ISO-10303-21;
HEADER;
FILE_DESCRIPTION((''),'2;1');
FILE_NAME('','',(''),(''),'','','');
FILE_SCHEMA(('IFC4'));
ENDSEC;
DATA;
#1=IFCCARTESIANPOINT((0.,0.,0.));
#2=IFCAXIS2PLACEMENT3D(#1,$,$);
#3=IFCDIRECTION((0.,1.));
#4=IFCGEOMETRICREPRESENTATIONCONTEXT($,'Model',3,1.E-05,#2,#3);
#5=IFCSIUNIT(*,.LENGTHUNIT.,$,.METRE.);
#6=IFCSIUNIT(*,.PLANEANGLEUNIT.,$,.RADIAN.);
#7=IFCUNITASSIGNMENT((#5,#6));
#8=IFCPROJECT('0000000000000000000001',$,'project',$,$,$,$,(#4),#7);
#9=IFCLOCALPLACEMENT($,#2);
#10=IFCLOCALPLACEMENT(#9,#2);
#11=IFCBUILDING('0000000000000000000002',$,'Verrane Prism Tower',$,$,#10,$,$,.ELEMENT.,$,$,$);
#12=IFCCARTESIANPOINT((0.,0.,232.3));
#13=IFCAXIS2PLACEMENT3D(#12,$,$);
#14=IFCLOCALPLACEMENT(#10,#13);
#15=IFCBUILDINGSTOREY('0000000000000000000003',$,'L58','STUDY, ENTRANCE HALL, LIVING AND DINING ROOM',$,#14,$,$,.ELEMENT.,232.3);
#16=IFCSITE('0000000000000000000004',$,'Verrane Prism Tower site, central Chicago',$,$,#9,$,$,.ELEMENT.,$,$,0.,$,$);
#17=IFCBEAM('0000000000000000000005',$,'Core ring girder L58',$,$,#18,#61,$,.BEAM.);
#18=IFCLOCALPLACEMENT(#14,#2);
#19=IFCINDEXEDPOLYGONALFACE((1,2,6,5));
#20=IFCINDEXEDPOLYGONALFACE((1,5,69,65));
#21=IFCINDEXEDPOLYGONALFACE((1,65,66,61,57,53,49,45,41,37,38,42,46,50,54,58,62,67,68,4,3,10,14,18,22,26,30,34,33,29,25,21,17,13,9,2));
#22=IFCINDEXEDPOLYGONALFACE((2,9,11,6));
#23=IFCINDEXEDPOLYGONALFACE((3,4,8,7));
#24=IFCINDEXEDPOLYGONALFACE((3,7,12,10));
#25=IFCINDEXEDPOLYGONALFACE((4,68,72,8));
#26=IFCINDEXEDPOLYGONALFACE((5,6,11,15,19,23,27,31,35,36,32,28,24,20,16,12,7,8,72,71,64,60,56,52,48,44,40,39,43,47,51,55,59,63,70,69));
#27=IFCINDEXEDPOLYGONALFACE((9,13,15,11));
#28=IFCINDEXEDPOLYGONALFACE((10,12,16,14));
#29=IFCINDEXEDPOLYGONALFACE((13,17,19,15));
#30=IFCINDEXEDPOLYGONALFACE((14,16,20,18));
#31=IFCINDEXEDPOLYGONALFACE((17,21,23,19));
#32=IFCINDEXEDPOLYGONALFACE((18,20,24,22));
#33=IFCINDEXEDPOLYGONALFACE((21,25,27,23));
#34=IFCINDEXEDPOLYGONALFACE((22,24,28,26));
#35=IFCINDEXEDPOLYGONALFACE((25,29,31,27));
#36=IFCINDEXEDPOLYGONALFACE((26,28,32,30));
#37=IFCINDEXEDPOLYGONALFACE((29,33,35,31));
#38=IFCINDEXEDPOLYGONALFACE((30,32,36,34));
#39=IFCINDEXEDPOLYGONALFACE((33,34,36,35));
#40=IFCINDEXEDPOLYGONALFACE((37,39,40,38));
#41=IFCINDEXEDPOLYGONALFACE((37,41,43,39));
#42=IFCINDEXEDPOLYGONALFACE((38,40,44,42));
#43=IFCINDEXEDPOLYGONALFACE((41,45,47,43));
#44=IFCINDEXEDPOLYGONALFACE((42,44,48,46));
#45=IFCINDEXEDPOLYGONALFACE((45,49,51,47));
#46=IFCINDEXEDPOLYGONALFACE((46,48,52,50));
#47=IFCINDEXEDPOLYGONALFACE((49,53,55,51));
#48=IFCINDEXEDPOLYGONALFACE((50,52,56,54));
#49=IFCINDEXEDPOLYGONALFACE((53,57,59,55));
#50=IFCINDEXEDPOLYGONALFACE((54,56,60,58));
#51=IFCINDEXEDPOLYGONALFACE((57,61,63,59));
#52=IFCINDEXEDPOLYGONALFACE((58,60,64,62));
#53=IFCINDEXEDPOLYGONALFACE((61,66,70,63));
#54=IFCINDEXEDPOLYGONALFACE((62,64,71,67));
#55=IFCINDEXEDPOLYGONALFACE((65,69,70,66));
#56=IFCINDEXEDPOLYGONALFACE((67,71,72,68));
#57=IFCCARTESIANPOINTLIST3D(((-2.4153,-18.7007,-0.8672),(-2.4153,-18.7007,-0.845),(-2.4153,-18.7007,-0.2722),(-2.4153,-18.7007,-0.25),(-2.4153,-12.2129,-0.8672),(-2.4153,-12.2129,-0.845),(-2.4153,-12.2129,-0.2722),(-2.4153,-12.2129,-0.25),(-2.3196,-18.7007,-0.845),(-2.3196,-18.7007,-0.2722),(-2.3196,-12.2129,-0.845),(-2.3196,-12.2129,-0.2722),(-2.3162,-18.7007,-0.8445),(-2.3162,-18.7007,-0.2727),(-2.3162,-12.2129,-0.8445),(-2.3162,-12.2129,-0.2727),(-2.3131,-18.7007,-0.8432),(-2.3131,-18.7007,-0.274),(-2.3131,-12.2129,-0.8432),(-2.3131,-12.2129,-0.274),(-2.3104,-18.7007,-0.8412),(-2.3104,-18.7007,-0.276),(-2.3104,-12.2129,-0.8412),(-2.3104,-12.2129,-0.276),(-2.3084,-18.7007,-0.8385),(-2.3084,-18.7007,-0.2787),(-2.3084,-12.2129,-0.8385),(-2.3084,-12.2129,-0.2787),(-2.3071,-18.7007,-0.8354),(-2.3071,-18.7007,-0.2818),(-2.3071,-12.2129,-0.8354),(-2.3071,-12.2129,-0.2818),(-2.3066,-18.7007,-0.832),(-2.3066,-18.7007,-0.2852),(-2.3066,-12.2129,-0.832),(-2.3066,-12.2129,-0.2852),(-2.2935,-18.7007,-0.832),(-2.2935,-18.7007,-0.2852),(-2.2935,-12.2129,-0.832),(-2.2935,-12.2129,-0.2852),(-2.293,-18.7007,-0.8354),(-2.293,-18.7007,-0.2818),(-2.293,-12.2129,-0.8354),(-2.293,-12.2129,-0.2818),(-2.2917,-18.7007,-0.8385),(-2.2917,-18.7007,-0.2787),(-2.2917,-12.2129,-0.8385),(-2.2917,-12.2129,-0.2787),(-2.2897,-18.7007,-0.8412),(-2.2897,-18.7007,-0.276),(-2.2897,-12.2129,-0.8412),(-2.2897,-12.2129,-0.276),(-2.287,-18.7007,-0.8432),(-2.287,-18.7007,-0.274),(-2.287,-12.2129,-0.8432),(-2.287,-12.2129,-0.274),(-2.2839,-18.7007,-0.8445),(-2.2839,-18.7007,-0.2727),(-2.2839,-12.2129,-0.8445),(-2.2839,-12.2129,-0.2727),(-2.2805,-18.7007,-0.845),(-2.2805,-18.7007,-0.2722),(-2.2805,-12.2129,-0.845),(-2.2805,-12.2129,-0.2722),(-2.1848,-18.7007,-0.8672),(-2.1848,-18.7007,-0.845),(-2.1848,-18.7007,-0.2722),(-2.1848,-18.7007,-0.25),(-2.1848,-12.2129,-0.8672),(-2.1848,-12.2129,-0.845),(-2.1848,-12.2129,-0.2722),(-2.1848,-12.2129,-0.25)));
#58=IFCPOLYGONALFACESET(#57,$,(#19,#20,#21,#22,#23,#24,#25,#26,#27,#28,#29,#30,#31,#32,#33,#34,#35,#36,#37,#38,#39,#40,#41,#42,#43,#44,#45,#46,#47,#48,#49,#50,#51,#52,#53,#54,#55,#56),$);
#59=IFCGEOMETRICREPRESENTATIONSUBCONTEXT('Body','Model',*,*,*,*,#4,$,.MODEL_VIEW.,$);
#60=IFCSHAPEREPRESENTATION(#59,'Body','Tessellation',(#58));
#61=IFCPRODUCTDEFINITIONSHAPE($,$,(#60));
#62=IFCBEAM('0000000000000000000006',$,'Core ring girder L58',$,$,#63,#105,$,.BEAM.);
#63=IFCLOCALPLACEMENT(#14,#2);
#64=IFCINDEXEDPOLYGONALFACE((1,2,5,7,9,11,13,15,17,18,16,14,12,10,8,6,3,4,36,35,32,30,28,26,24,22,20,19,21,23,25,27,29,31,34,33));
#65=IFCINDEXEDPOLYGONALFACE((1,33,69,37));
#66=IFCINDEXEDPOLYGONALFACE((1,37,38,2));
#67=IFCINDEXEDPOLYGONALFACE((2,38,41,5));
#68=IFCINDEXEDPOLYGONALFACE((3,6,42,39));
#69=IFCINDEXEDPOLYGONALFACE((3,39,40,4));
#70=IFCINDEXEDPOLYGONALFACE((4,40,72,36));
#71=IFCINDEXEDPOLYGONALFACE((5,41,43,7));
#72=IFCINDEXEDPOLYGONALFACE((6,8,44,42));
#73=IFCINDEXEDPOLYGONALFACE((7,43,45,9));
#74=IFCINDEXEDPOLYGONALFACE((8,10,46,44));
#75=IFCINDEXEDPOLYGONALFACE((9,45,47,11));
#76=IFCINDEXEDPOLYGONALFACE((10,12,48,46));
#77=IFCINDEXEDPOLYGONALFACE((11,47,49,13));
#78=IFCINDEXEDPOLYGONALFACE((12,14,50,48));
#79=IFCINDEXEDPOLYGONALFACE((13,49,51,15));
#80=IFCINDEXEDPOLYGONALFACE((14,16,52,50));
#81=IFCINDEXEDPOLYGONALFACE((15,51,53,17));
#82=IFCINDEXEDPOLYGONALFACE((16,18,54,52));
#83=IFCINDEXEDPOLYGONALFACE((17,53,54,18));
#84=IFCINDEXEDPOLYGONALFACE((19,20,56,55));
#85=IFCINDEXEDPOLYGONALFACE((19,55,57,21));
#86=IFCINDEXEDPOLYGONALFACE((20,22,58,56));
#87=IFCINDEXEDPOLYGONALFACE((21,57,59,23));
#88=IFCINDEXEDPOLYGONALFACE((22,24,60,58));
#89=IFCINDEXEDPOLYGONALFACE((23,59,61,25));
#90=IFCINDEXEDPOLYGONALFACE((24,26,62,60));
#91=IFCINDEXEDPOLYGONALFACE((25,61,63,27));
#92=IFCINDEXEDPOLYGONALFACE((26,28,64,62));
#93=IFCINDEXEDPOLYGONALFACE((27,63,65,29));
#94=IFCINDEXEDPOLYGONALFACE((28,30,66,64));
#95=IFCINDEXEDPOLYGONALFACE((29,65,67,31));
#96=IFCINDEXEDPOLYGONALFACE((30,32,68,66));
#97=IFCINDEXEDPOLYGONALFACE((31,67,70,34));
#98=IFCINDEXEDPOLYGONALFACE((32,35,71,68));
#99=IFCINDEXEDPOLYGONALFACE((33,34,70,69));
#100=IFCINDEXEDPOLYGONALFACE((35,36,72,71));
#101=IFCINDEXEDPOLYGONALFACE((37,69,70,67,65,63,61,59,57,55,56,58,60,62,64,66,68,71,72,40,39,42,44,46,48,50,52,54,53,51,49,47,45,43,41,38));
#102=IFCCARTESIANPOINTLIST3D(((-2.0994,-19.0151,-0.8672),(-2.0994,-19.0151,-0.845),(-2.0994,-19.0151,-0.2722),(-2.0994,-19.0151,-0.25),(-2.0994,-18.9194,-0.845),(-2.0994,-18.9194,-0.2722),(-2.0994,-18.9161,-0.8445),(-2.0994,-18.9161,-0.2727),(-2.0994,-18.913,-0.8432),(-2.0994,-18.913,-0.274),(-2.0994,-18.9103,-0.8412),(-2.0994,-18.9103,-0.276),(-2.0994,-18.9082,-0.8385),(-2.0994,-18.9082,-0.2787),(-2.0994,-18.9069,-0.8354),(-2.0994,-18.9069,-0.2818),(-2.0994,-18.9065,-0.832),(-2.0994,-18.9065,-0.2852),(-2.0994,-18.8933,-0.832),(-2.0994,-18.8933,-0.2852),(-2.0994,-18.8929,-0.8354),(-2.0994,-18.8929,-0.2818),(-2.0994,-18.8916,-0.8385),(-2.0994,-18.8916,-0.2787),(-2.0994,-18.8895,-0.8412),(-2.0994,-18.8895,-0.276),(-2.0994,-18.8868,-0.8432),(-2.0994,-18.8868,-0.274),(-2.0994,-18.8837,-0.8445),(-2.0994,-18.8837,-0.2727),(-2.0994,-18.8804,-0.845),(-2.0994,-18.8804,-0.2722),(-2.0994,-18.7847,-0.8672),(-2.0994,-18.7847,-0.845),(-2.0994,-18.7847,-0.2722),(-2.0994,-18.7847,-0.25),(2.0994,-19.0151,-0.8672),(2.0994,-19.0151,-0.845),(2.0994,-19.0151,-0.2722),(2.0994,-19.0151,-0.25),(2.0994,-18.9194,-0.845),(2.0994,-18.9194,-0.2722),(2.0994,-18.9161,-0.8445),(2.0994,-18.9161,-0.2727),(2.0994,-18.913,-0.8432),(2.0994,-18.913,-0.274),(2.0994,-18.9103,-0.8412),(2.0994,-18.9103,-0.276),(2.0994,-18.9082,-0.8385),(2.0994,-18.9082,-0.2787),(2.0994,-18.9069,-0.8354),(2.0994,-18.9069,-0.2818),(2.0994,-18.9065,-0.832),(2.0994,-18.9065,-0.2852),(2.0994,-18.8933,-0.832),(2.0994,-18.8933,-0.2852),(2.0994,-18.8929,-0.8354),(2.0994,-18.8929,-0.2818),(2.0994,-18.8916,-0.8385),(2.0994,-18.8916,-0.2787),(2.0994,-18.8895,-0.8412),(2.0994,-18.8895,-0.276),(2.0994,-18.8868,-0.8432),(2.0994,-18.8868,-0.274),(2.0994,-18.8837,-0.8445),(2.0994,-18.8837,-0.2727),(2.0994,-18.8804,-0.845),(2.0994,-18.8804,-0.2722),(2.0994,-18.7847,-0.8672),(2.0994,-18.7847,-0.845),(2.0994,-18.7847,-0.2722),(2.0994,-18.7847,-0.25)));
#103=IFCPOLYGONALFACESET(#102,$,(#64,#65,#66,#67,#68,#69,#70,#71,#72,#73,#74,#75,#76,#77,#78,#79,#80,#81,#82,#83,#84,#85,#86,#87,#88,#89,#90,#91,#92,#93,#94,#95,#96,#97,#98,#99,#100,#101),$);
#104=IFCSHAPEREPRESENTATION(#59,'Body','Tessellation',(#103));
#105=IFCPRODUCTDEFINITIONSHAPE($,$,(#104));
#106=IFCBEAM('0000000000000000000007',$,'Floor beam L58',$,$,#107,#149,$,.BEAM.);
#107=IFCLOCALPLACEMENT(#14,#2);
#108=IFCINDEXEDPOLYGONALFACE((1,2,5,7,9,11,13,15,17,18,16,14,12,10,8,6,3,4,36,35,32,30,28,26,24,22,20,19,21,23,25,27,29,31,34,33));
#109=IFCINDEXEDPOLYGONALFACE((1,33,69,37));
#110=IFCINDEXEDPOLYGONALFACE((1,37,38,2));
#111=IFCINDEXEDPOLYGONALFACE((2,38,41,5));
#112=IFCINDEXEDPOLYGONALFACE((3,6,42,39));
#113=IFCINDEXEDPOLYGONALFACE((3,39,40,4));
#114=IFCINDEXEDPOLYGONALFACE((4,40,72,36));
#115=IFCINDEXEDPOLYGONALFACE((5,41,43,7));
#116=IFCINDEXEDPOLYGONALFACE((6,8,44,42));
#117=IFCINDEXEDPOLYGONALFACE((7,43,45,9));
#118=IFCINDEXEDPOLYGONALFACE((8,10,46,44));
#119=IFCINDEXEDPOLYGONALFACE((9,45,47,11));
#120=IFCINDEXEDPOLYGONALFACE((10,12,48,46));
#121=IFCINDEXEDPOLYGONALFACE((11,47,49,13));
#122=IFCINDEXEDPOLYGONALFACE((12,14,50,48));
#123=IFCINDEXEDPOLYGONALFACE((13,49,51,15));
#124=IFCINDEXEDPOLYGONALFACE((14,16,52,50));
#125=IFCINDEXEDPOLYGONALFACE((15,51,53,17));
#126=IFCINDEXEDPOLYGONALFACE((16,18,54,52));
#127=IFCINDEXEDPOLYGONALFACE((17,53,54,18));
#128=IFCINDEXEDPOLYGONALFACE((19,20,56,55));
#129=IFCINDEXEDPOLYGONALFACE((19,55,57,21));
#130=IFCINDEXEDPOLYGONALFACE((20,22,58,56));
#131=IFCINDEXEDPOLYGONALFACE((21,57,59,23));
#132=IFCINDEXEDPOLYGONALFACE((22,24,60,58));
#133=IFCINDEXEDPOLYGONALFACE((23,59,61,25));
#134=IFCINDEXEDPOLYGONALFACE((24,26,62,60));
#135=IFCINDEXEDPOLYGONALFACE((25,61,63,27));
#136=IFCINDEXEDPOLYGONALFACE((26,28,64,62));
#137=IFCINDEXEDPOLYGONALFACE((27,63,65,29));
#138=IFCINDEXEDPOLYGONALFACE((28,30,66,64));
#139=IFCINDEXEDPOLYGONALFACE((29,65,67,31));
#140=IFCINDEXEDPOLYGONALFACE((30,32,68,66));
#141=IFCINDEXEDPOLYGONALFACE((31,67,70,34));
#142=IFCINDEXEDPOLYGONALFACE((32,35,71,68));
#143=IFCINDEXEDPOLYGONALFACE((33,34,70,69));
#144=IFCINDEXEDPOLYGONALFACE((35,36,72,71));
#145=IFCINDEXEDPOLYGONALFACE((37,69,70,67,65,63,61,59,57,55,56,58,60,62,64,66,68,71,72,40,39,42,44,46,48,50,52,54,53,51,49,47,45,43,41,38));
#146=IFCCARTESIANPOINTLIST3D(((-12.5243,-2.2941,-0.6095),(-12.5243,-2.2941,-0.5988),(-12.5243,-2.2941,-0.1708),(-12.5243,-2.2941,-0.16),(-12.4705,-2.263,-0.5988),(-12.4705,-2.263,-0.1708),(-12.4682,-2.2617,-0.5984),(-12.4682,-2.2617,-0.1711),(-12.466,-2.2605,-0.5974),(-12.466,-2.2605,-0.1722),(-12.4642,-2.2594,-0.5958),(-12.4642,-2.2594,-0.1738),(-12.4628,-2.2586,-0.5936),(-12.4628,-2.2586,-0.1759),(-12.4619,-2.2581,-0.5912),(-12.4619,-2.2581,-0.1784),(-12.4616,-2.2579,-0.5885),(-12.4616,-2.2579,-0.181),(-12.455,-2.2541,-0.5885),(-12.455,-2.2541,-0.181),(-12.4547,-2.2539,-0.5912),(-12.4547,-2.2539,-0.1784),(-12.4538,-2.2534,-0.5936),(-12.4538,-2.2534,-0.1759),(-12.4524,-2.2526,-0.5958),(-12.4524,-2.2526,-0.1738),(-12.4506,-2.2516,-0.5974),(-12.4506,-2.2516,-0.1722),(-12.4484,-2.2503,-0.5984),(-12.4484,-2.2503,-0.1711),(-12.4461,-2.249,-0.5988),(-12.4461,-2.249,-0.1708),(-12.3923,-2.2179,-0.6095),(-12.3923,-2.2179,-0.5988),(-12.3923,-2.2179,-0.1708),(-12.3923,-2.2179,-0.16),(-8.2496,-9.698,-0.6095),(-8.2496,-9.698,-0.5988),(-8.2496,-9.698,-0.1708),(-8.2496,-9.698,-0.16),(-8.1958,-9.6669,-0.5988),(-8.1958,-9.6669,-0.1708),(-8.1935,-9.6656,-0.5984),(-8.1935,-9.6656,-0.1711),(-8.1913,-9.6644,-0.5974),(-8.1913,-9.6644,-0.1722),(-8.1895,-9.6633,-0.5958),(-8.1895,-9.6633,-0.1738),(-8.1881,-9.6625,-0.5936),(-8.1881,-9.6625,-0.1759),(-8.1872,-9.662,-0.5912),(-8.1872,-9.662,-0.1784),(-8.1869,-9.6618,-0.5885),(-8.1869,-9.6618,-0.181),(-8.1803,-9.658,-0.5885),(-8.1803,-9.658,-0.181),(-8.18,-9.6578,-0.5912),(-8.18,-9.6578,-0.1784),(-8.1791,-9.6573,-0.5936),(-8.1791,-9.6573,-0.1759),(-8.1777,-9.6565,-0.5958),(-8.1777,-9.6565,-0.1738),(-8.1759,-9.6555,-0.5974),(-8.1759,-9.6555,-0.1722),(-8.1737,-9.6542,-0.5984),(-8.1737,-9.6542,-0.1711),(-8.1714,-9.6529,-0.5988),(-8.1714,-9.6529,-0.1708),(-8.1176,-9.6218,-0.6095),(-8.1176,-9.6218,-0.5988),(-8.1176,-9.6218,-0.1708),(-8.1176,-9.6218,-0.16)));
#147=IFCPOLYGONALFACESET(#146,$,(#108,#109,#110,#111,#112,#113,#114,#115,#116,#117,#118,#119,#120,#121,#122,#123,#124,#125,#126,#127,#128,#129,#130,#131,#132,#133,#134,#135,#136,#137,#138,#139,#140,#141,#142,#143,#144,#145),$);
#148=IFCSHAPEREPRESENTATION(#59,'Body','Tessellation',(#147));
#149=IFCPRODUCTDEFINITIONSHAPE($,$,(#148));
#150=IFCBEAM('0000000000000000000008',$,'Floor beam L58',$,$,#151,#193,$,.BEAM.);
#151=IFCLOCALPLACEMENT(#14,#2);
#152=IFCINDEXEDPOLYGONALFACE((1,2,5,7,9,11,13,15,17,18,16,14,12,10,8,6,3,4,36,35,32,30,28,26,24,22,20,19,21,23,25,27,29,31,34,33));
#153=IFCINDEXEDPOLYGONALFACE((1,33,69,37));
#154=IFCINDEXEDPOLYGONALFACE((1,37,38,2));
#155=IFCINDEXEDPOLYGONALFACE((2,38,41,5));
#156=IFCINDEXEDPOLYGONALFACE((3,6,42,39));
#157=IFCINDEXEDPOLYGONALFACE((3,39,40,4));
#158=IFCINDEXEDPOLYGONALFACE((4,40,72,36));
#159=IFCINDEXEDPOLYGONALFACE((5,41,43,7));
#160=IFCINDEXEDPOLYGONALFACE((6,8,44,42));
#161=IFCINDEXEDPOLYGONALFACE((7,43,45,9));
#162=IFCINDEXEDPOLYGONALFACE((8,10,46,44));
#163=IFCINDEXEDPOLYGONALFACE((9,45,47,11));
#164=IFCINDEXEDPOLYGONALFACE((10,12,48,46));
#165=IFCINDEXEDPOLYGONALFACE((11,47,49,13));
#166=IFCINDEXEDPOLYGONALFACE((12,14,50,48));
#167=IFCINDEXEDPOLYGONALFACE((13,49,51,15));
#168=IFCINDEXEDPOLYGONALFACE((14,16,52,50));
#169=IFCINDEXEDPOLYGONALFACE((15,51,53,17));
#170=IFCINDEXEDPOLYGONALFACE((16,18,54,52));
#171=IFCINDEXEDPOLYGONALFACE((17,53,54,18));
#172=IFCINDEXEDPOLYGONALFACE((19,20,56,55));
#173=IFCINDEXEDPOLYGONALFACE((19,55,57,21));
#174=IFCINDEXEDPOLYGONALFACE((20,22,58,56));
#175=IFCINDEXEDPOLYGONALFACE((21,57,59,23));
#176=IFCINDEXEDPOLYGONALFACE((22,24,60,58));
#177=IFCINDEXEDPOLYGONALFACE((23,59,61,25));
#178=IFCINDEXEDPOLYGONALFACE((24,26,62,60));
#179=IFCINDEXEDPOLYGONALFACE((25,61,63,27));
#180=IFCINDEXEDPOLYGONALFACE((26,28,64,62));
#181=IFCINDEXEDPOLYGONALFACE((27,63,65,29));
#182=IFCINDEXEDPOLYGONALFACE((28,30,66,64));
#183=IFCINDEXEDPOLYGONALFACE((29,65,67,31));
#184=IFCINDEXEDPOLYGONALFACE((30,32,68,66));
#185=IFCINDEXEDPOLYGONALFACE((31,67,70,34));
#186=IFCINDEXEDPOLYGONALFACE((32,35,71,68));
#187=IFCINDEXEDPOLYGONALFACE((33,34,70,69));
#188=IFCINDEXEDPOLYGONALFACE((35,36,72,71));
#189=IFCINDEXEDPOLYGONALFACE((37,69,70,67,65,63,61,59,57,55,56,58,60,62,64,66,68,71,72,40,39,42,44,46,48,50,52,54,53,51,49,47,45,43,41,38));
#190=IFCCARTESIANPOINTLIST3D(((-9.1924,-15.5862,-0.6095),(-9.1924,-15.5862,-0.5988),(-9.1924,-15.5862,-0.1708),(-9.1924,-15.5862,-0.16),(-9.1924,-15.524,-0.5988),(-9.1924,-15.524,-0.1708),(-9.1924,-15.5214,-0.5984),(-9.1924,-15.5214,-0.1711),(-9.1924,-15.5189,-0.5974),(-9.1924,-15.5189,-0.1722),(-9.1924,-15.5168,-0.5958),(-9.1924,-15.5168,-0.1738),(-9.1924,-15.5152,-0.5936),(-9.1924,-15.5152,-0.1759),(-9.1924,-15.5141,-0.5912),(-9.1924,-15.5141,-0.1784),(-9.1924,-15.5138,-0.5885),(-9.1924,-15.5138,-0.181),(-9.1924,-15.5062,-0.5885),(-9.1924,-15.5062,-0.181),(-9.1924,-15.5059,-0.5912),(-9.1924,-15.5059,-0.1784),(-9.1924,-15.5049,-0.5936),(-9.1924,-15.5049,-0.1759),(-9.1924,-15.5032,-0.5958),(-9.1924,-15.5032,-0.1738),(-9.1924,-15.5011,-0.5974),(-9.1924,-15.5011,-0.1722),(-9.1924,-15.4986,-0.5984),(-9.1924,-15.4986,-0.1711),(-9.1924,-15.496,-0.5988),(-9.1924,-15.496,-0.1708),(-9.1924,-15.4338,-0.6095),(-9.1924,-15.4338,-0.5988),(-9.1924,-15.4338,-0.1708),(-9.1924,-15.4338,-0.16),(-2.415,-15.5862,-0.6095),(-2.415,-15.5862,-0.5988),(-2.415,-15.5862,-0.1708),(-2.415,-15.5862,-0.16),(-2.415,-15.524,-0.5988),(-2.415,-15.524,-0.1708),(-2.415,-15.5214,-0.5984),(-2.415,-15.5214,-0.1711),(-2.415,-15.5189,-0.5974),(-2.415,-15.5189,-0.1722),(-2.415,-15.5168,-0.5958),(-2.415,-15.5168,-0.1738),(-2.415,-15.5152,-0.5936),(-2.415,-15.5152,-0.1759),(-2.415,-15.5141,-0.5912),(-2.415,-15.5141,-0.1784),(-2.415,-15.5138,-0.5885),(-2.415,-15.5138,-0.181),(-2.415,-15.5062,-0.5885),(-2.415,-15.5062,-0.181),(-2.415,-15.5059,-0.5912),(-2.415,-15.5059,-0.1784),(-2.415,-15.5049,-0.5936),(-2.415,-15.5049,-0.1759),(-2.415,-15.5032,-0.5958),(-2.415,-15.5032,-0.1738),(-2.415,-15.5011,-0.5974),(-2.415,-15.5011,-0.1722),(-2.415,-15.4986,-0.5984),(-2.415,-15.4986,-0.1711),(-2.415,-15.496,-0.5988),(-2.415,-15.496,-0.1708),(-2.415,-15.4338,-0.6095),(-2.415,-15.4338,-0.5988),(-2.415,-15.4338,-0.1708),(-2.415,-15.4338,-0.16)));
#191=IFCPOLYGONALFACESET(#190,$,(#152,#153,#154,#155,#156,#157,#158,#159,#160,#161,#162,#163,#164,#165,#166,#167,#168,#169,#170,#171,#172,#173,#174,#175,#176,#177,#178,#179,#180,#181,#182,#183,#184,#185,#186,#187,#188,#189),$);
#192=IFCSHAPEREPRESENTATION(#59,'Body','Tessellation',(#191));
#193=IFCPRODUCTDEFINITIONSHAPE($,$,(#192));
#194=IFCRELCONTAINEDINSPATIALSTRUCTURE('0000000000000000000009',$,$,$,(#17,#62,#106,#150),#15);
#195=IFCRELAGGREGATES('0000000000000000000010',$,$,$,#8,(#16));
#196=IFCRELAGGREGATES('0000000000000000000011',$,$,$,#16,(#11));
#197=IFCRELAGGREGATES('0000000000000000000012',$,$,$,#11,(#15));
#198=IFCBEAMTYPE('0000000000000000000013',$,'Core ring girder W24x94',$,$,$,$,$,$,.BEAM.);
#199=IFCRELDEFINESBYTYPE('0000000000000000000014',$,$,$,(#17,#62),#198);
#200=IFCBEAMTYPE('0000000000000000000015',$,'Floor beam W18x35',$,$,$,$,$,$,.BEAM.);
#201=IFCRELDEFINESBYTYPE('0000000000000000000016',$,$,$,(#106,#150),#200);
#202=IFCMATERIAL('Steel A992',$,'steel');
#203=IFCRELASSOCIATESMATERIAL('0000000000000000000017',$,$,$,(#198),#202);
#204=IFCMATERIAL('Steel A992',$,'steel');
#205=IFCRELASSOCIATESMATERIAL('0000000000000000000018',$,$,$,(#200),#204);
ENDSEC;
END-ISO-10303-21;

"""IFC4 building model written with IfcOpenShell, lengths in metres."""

from ifc_helpers import new_model, si_unit, direction, frame, origin, origin_2d, place, context, subcontext, project, spatial, i_section, extrude, material, material_profile, profile_set, type_object, element, save


model = new_model("IFC4")

# Units and contexts
model_context = context("Model", 3, precision=1e-05, world=origin(), true_north=direction((0.0, 1.0)))
body_context = subcontext(model_context, "Body", "Model", "MODEL_VIEW")
ifc_project = project(units=[si_unit("LENGTHUNIT", "METRE"), si_unit("PLANEANGLEUNIT", "RADIAN")], contexts=[model_context])

# Site, building, storey
site_placement = place(None, origin())
site = spatial("IfcSite", under=ifc_project, at=site_placement, Name="Verrane Prism Tower site, central Chicago", CompositionType="ELEMENT", RefElevation=0.0)
building_placement = place(site_placement, origin())
building = spatial("IfcBuilding", under=site, at=building_placement, Name="Verrane Prism Tower", CompositionType="ELEMENT")
storey_placement = place(building_placement, frame((0.0, 0.0, 232.3)))
storey = spatial("IfcBuildingStorey", under=building, at=storey_placement, Name="L58", Description="STUDY, ENTRANCE HALL, LIVING AND DINING ROOM", CompositionType="ELEMENT", Elevation=232.3)

# Beams
ifc_material_1 = material(Name="Steel A992", Category="steel")
ifc_material_profile_1 = material_profile(ifc_material_1, i_section(OverallWidth=0.2305, OverallDepth=0.6172, WebThickness=0.0132, FlangeThickness=0.0222, FilletRadius=0.0129, at=origin_2d()), Name="W24x94")
ifc_profile_set_1 = profile_set([ifc_material_profile_1], Name="Steel A992")
beam_type_1 = type_object("IfcBeamType", Name="Core ring girder W24x94", PredefinedType="BEAM", material=ifc_profile_set_1)
beam_1_placement = place(storey_placement, frame((-2.3, -12.2129, -0.5586), z_axis=(0.0, -1.0, 0.0), x_axis=(1.0, 0.0, 0.0)))
element("IfcBeam", 1, at=beam_1_placement, inside=storey, type_object=beam_type_1, Name="Core ring girder L58", PredefinedType="BEAM", context=body_context, shape_type="SweptSolid", body=[
    extrude(i_section(OverallWidth=0.2305, OverallDepth=0.6172, WebThickness=0.0132, FlangeThickness=0.0222, FilletRadius=0.0129, at=origin_2d()), origin(), (0.0, 0.0, 1.0), 6.4878),
])
beam_2_placement = place(storey_placement, frame((-2.0994, -18.8999, -0.5586), z_axis=(1.0, 0.0, 0.0), x_axis=(0.0, 1.0, 0.0)))
element("IfcBeam", 2, at=beam_2_placement, inside=storey, type_object=beam_type_1, Name="Core ring girder L58", PredefinedType="BEAM", context=body_context, shape_type="SweptSolid", body=[
    extrude(i_section(OverallWidth=0.2305, OverallDepth=0.6172, WebThickness=0.0132, FlangeThickness=0.0222, FilletRadius=0.0129, at=origin_2d()), origin(), (0.0, 0.0, 1.0), 4.1987),
])
ifc_material_2 = material(Name="Steel A992", Category="steel")
ifc_material_profile_2 = material_profile(ifc_material_2, i_section(OverallWidth=0.1523, OverallDepth=0.4495, WebThickness=0.0076, FlangeThickness=0.0107, FilletRadius=0.0103, at=origin_2d()), Name="W18x35")
ifc_profile_set_2 = profile_set([ifc_material_profile_2], Name="Steel A992")
beam_type_2 = type_object("IfcBeamType", Name="Floor beam W18x35", PredefinedType="BEAM", material=ifc_profile_set_2)
beam_3_placement = place(storey_placement, frame((-8.1836, -9.6599, -0.3848), z_axis=(-0.500006, 0.866022, 0.0), x_axis=(-0.866022, -0.500006, 0.0)))
element("IfcBeam", 3, at=beam_3_placement, inside=storey, type_object=beam_type_2, Name="Floor beam L58", PredefinedType="BEAM", context=body_context, shape_type="SweptSolid", body=[
    extrude(i_section(OverallWidth=0.1523, OverallDepth=0.4495, WebThickness=0.0076, FlangeThickness=0.0107, FilletRadius=0.0103, at=origin_2d()), origin(), (0.0, 0.0, 1.0), 8.5493),
])
beam_4_placement = place(storey_placement, frame((-9.1924, -15.51, -0.3848), z_axis=(1.0, 0.0, 0.0), x_axis=(0.0, 1.0, 0.0)))
element("IfcBeam", 4, at=beam_4_placement, inside=storey, type_object=beam_type_2, Name="Floor beam L58", PredefinedType="BEAM", context=body_context, shape_type="SweptSolid", body=[
    extrude(i_section(OverallWidth=0.1523, OverallDepth=0.4495, WebThickness=0.0076, FlangeThickness=0.0107, FilletRadius=0.0103, at=origin_2d()), origin(), (0.0, 0.0, 1.0), 6.7773),
])

save(model, "model.ifc")
